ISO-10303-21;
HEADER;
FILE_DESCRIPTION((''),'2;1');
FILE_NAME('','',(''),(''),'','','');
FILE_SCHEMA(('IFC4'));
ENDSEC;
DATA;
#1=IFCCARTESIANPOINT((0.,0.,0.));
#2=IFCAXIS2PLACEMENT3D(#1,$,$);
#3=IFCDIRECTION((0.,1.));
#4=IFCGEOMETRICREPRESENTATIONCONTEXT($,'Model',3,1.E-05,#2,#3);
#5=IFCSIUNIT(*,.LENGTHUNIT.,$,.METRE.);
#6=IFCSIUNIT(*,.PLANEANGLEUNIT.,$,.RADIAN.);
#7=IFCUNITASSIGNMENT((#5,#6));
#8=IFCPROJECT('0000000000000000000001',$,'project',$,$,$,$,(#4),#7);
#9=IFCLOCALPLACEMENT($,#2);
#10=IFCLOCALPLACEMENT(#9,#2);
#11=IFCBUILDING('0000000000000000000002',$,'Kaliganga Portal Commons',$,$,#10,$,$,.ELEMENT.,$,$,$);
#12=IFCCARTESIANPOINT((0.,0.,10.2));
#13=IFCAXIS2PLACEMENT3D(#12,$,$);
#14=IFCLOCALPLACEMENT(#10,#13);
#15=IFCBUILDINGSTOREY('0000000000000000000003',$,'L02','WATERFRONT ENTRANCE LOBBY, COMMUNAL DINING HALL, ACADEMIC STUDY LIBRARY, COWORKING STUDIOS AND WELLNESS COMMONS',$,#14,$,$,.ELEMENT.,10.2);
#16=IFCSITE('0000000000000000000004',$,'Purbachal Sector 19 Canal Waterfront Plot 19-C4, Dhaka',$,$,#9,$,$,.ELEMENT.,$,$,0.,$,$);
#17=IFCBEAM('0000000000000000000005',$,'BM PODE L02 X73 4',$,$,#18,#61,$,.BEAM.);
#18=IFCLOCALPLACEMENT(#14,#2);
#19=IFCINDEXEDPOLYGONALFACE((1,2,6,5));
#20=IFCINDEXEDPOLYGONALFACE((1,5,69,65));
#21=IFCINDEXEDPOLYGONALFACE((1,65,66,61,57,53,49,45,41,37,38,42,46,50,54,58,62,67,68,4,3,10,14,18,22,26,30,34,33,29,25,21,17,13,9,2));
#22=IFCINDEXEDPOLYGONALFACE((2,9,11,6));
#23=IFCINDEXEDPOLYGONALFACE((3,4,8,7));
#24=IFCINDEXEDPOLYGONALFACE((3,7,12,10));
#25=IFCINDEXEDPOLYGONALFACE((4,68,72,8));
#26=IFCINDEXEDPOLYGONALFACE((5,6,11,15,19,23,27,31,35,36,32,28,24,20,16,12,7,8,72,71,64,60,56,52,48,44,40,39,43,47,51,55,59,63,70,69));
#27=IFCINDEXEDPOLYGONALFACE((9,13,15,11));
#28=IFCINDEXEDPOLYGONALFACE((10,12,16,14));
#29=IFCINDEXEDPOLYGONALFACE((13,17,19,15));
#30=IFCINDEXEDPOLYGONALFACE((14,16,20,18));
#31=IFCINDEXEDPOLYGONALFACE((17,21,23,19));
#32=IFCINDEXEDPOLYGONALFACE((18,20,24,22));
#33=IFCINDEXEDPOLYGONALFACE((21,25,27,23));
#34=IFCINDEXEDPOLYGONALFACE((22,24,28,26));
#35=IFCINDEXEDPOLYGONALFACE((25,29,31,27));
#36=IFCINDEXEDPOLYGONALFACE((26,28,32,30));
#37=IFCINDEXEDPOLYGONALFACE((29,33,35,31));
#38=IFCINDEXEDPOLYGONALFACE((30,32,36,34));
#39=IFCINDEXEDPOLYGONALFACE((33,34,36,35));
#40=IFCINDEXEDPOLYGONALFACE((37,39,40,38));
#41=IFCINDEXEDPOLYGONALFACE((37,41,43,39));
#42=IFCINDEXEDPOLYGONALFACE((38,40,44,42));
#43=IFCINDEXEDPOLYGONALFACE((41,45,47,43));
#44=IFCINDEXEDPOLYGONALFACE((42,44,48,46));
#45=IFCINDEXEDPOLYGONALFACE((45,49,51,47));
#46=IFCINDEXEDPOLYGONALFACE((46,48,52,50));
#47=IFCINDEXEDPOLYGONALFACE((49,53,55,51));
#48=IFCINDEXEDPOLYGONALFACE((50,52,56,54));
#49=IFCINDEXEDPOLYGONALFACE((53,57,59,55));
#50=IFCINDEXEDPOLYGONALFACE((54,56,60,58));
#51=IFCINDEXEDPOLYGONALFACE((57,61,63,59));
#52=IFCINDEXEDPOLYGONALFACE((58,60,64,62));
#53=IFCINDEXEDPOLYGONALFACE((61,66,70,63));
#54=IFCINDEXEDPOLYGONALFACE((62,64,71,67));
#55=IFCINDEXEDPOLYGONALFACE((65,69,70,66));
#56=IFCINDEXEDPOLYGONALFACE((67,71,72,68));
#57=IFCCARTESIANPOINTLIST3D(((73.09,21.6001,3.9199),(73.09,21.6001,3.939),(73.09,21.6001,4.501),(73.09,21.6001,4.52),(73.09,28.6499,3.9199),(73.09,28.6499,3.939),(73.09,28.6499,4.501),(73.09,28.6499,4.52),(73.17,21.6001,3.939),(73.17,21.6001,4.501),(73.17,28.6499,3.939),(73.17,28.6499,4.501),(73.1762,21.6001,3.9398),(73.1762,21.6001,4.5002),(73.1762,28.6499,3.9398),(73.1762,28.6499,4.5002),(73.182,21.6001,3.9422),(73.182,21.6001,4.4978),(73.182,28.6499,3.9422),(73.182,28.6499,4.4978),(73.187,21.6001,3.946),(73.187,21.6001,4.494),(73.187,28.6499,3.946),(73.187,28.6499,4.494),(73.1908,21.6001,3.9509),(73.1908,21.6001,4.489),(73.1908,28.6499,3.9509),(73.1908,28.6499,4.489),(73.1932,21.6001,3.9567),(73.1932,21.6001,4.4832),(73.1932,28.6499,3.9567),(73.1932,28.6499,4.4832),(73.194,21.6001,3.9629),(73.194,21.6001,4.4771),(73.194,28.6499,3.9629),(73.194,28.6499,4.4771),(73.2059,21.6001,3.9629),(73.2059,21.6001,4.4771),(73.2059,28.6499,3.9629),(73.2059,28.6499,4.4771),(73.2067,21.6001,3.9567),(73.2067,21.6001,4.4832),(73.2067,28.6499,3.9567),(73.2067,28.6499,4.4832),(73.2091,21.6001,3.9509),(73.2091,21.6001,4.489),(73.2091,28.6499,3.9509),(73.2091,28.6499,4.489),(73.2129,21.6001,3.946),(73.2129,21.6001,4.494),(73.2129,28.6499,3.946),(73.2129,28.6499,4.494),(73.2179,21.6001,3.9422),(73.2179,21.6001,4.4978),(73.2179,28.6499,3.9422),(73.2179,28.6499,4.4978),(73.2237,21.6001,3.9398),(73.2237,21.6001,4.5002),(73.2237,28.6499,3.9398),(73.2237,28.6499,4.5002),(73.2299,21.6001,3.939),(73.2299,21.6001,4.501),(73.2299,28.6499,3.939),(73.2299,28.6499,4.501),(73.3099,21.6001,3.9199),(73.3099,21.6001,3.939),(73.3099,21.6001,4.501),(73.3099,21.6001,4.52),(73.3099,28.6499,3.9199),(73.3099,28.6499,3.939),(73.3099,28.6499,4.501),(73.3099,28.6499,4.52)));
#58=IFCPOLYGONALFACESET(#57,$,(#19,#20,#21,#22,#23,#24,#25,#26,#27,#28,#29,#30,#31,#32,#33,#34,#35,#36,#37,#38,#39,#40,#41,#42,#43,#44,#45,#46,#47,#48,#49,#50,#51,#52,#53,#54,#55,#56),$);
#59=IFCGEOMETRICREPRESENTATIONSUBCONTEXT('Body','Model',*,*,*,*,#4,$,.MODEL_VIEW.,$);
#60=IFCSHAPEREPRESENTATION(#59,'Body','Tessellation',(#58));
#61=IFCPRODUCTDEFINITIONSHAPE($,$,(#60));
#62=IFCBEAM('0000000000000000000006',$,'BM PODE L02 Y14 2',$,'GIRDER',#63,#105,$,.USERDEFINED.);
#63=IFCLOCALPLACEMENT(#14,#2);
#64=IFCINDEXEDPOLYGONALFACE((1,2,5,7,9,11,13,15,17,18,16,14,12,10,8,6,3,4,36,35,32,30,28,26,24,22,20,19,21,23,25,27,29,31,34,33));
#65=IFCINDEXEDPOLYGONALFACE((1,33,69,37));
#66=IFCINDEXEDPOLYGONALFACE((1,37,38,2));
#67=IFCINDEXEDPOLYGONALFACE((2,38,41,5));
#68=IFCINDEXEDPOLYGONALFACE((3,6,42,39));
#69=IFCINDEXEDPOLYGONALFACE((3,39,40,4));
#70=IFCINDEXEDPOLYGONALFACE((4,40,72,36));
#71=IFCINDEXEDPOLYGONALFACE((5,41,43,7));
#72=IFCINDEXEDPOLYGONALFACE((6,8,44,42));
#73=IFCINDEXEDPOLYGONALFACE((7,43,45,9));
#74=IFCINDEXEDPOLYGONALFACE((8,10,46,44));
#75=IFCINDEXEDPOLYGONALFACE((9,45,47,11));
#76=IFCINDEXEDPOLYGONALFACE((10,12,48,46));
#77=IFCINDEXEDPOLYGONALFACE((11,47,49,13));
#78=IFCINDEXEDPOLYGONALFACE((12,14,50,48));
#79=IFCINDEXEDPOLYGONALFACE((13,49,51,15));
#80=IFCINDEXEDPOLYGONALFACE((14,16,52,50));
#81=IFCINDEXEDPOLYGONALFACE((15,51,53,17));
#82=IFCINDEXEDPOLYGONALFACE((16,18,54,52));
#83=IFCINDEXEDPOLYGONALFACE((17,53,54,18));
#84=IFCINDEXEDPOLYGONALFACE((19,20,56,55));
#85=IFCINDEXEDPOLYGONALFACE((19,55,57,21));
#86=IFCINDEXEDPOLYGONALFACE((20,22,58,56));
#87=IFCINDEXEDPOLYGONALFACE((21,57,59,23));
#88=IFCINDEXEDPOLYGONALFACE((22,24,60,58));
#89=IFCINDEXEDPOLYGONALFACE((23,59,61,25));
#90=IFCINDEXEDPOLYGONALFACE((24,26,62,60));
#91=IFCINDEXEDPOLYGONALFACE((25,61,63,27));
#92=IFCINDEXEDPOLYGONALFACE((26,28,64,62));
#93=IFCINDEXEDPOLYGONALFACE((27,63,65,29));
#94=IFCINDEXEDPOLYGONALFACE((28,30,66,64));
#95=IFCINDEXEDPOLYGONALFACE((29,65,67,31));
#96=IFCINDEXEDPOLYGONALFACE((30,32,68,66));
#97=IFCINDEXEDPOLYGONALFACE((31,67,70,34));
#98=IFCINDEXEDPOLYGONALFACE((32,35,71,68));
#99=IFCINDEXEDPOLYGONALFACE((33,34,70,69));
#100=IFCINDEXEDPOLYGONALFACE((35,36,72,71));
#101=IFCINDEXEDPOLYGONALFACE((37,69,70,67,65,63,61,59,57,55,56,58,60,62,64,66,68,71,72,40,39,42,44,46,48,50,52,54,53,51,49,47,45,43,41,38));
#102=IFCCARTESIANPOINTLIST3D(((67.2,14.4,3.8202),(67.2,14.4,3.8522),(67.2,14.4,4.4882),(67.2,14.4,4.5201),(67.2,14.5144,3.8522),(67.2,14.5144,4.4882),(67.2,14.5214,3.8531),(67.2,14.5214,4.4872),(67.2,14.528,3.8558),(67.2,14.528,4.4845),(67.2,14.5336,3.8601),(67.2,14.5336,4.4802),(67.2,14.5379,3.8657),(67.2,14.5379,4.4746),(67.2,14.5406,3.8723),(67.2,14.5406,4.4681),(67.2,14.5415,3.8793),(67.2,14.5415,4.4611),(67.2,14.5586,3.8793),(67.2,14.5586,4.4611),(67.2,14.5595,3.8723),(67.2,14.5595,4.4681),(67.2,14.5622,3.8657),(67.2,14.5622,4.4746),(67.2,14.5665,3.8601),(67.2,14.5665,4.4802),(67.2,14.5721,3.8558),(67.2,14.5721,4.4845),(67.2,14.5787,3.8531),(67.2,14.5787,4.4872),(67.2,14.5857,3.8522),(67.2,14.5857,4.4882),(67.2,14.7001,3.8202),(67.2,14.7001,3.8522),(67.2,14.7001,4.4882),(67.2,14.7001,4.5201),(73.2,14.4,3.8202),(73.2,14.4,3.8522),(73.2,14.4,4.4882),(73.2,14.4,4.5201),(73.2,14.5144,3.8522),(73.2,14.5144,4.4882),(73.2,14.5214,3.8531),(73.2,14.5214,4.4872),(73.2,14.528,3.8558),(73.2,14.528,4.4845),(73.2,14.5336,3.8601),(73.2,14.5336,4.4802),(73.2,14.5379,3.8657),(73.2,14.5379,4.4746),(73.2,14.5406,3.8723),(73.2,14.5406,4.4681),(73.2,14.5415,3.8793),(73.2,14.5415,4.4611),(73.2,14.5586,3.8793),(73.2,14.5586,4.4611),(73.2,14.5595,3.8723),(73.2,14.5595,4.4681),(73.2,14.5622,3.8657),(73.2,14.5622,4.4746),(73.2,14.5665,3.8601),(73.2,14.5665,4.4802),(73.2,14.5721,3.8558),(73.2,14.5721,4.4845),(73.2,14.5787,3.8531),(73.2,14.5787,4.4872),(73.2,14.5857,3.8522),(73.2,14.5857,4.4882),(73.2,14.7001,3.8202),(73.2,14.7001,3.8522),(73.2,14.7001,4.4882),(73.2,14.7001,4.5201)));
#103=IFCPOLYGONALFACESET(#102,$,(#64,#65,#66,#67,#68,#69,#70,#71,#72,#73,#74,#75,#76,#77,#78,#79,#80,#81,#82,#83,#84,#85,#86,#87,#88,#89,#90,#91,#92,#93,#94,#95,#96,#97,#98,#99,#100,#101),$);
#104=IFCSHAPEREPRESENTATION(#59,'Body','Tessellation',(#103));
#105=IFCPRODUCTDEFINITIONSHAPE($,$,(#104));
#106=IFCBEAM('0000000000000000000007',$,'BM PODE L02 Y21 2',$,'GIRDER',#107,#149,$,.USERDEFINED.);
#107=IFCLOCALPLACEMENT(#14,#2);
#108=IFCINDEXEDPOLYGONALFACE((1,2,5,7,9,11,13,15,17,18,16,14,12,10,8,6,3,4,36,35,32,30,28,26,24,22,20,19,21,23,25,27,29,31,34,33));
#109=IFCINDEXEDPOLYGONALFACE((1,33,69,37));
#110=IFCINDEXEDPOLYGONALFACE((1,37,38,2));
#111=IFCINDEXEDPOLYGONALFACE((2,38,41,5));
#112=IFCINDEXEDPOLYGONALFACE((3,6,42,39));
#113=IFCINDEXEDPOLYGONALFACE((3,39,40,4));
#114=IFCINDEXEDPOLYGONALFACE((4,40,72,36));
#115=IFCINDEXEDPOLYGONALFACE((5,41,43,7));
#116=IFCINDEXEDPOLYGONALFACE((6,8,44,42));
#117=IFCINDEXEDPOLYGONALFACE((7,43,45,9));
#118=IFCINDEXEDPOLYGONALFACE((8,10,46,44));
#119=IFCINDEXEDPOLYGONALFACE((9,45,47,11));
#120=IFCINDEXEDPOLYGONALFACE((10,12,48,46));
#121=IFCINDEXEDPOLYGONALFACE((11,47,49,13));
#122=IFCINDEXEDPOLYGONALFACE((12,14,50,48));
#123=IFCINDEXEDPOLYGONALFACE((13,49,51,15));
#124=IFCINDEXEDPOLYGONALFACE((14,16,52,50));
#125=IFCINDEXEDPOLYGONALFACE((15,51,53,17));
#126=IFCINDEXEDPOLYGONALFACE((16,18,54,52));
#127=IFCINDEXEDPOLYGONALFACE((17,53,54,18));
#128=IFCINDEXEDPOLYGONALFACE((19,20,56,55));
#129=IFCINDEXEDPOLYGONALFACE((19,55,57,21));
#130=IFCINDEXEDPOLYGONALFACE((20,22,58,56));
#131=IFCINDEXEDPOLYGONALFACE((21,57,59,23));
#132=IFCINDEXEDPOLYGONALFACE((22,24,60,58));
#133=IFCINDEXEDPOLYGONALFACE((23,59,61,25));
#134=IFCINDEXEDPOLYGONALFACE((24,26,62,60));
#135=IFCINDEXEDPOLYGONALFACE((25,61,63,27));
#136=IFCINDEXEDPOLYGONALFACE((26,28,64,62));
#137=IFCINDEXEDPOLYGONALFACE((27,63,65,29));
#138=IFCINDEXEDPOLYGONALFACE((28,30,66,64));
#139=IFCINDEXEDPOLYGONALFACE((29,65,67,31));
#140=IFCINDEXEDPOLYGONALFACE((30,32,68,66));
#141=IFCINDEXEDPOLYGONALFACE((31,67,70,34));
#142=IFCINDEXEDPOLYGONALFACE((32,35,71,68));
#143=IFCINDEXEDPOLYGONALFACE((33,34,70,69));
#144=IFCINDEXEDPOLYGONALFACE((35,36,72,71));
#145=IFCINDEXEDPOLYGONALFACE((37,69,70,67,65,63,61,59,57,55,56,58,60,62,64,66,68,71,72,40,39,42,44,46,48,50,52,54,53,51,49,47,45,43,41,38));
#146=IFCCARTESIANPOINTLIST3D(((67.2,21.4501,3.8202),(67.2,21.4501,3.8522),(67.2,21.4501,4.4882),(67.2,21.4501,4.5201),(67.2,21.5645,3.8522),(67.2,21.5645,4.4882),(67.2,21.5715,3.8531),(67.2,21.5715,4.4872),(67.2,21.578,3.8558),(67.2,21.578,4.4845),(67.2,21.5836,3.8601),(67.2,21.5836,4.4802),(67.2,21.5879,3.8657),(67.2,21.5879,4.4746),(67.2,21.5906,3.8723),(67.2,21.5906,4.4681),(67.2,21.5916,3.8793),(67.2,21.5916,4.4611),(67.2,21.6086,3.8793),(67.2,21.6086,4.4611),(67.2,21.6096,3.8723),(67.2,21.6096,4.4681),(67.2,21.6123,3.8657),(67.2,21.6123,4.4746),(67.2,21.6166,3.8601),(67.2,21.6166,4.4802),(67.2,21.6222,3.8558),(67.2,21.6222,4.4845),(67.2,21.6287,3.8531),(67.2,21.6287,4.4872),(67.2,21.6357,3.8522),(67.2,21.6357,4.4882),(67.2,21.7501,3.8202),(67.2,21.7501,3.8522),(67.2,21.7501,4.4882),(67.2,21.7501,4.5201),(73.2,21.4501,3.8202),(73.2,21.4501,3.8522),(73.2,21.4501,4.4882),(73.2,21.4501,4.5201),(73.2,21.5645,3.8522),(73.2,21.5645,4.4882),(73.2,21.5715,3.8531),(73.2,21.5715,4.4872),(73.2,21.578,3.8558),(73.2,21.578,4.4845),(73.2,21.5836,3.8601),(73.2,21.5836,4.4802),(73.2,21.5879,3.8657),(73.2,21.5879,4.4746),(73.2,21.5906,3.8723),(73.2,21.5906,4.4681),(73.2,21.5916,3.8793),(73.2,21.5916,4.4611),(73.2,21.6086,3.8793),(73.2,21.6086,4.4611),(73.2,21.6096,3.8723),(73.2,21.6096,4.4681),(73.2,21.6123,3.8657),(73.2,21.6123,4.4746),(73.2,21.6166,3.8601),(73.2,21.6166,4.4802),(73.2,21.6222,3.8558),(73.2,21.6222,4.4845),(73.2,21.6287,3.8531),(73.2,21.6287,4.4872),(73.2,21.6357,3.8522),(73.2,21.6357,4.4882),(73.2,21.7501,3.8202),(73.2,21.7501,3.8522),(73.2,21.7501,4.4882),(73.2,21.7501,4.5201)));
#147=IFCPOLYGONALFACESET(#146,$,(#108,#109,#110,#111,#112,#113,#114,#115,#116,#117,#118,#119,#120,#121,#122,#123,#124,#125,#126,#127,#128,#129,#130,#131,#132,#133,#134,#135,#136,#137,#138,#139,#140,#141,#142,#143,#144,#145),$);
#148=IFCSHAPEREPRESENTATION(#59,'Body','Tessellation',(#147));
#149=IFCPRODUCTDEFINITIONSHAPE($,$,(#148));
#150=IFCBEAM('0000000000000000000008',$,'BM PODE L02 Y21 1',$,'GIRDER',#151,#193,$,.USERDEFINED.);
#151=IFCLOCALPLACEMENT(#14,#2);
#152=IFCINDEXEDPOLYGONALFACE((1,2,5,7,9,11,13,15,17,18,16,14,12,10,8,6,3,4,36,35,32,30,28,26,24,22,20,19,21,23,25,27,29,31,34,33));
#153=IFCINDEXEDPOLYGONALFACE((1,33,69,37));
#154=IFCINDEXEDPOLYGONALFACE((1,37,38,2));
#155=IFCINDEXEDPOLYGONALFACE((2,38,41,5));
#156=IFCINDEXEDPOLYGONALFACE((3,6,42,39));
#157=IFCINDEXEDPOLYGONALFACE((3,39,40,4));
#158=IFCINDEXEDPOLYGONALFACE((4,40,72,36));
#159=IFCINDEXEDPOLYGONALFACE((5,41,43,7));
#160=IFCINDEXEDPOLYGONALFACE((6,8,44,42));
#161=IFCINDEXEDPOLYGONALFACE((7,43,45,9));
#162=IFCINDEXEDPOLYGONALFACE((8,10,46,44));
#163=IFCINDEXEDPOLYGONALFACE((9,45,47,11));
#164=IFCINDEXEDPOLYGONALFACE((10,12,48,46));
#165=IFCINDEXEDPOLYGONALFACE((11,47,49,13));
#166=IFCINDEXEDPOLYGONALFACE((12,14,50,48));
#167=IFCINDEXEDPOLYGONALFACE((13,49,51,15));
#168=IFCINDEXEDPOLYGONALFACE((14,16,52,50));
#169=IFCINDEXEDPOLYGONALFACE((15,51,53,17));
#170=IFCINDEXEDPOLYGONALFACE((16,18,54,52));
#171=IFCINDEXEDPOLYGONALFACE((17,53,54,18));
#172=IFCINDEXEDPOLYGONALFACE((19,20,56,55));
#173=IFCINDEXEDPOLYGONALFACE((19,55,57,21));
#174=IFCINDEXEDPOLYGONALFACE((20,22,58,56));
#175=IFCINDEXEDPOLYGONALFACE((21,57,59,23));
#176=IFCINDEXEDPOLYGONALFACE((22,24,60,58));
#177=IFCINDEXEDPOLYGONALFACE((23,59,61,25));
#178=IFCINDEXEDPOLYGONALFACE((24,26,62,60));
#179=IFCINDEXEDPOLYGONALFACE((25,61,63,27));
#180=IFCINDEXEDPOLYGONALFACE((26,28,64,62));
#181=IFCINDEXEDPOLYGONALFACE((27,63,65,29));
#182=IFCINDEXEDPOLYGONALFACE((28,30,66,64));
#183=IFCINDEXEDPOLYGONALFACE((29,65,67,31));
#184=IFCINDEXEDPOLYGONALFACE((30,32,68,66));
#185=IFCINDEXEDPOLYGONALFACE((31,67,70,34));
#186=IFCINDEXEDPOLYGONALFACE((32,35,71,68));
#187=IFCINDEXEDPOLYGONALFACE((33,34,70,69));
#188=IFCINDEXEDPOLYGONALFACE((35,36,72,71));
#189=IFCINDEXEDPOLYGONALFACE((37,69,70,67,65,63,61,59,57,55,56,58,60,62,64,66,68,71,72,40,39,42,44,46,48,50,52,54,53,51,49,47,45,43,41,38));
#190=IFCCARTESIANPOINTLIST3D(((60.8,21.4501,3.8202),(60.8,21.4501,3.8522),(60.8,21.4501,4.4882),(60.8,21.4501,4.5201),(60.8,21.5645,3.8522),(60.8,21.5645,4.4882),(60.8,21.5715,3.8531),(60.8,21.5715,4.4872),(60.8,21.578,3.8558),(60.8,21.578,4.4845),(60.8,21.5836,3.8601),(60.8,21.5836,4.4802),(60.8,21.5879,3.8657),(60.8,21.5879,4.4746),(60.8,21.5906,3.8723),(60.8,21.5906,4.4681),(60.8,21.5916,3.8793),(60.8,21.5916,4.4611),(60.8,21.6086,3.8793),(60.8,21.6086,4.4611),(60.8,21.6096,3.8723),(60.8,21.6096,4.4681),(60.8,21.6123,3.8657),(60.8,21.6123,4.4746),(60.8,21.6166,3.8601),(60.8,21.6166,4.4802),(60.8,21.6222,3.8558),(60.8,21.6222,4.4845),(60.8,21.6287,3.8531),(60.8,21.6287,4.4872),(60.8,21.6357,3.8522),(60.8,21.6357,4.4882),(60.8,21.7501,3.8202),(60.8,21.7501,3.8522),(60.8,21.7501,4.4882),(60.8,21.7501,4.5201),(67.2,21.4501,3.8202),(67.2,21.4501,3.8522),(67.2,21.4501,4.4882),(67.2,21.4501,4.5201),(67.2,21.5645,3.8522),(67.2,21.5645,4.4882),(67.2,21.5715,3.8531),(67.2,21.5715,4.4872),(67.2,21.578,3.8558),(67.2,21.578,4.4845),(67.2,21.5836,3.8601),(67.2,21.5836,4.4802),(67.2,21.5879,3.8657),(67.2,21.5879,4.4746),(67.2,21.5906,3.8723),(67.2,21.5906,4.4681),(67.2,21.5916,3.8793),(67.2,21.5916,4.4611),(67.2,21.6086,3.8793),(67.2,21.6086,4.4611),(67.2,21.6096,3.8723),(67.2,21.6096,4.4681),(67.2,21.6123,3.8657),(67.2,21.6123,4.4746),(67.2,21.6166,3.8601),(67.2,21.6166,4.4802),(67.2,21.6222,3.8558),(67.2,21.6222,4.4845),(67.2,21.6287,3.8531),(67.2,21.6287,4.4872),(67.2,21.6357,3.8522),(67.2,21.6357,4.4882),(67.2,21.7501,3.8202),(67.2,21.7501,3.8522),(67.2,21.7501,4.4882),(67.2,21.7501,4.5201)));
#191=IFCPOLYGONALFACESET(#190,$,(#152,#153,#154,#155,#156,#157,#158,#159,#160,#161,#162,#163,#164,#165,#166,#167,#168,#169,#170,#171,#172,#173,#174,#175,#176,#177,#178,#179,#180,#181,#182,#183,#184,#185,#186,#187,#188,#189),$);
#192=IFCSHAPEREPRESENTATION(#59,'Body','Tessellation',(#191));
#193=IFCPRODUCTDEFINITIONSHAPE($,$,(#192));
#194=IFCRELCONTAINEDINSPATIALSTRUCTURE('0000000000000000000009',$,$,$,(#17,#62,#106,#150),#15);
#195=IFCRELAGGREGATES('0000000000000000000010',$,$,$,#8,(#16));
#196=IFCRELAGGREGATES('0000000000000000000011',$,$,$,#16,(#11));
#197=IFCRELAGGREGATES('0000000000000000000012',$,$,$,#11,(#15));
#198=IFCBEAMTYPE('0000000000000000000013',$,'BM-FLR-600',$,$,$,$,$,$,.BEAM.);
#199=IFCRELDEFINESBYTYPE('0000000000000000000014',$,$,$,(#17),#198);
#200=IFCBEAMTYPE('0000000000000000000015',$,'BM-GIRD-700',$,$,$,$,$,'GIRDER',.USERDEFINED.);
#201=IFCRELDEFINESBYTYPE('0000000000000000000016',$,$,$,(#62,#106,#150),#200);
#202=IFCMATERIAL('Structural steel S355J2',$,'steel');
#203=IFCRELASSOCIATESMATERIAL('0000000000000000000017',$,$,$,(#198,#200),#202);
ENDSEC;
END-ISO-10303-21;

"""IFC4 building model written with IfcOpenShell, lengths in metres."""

from ifc_helpers import new_model, si_unit, direction, frame, origin, origin_2d, place, context, subcontext, project, spatial, i_section, extrude, source, transform, mapped, material, material_profile, profile_set, type_object, element, save


model = new_model("IFC4")

# Units and contexts
model_context = context("Model", 3, precision=1e-05, world=origin(), true_north=direction((0.0, 1.0)))
body_context = subcontext(model_context, "Body", "Model", "MODEL_VIEW")
ifc_project = project(units=[si_unit("LENGTHUNIT", "METRE"), si_unit("PLANEANGLEUNIT", "RADIAN")], contexts=[model_context])

# Site, building, storey
site_placement = place(None, origin())
site = spatial("IfcSite", under=ifc_project, at=site_placement, Name="Purbachal Sector 19 Canal Waterfront Plot 19-C4, Dhaka", CompositionType="ELEMENT", RefElevation=0.0)
building_placement = place(site_placement, origin())
building = spatial("IfcBuilding", under=site, at=building_placement, Name="Kaliganga Portal Commons", CompositionType="ELEMENT")
storey_placement = place(building_placement, frame((0.0, 0.0, 10.2)))
storey = spatial("IfcBuildingStorey", under=building, at=storey_placement, Name="L02", Description="WATERFRONT ENTRANCE LOBBY, COMMUNAL DINING HALL, ACADEMIC STUDY LIBRARY, COWORKING STUDIOS AND WELLNESS COMMONS", CompositionType="ELEMENT", Elevation=10.2)

# Beams
ifc_material_1 = material(Name="Structural steel S355J2", Category="steel")
ifc_material_profile_1 = material_profile(ifc_material_1, i_section(OverallWidth=0.22, OverallDepth=0.6001, WebThickness=0.012, FlangeThickness=0.019, FilletRadius=0.0239, at=origin_2d()), Name="IPE 600")
ifc_profile_set_1 = profile_set([ifc_material_profile_1], Name="Structural steel S355J2 wide-flange")
beam_type_1 = type_object("IfcBeamType", Name="BM-FLR-600", PredefinedType="BEAM", material=ifc_profile_set_1)
shared_shape_1 = source(origin(), body_context, "Body", "SweptSolid", [
    extrude(i_section(OverallWidth=0.22, OverallDepth=0.6001, WebThickness=0.012, FlangeThickness=0.019, FilletRadius=0.0239, at=origin_2d()), origin(), (0.0, 0.0, 1.0), 7.0498),
])
for number, where, z_axis, x_axis, name in (
    (1, (73.2, 21.6001, 4.22), (0.0, 1.0, 0.0), (-1.0, 0.0, 0.0), "BM PODE L02 X73 4"),
):
    element("IfcBeam", number, at=place(storey_placement, frame(where, z_axis=z_axis, x_axis=x_axis)), inside=storey, type_object=beam_type_1, Name=name, PredefinedType="BEAM", context=body_context, shape_type="MappedRepresentation", body=[
        mapped(shared_shape_1, transform((0.0, 0.0, 0.0), x_axis=(1.0, 0.0, 0.0), y_axis=(0.0, 1.0, 0.0), z_axis=(0.0, 0.0, 1.0), scale=1.0)),
    ])
ifc_material_profile_2 = material_profile(ifc_material_1, i_section(OverallWidth=0.3, OverallDepth=0.7, WebThickness=0.0171, FlangeThickness=0.032, FilletRadius=0.0271, at=origin_2d()), Name="HE 700 B")
ifc_profile_set_2 = profile_set([ifc_material_profile_2], Name="Structural steel S355J2 wide-flange")
beam_type_2 = type_object("IfcBeamType", Name="BM-GIRD-700", ElementType="GIRDER", PredefinedType="USERDEFINED", material=ifc_profile_set_2)
shared_shape_2 = source(origin(), body_context, "Body", "SweptSolid", [
    extrude(i_section(OverallWidth=0.3, OverallDepth=0.7, WebThickness=0.0171, FlangeThickness=0.032, FilletRadius=0.0271, at=origin_2d()), origin(), (0.0, 0.0, 1.0), 6.0),
])
for number, where, z_axis, x_axis, name in (
    (2, (67.2, 14.55, 4.1702), (1.0, 0.0, 0.0), (0.0, 1.0, 0.0), "BM PODE L02 Y14 2"),
    (3, (67.2, 21.6001, 4.1702), (1.0, 0.0, 0.0), (0.0, 1.0, 0.0), "BM PODE L02 Y21 2"),
):
    element("IfcBeam", number, at=place(storey_placement, frame(where, z_axis=z_axis, x_axis=x_axis)), inside=storey, type_object=beam_type_2, Name=name, ObjectType="GIRDER", PredefinedType="USERDEFINED", context=body_context, shape_type="MappedRepresentation", body=[
        mapped(shared_shape_2, transform((0.0, 0.0, 0.0), x_axis=(1.0, 0.0, 0.0), y_axis=(0.0, 1.0, 0.0), z_axis=(0.0, 0.0, 1.0), scale=1.0)),
    ])
shared_shape_3 = source(origin(), body_context, "Body", "SweptSolid", [
    extrude(i_section(OverallWidth=0.3, OverallDepth=0.7, WebThickness=0.0171, FlangeThickness=0.032, FilletRadius=0.0271, at=origin_2d()), origin(), (0.0, 0.0, 1.0), 6.3999),
])
beam_1_placement = place(storey_placement, frame((60.8, 21.6001, 4.1702), z_axis=(1.0, 0.0, 0.0), x_axis=(0.0, 1.0, 0.0)))
element("IfcBeam", 4, at=beam_1_placement, inside=storey, type_object=beam_type_2, Name="BM PODE L02 Y21 1", ObjectType="GIRDER", PredefinedType="USERDEFINED", context=body_context, shape_type="MappedRepresentation", body=[
    mapped(shared_shape_3, transform((0.0, 0.0, 0.0), x_axis=(1.0, 0.0, 0.0), y_axis=(0.0, 1.0, 0.0), z_axis=(0.0, 0.0, 1.0), scale=1.0)),
])

save(model, "model.ifc")
